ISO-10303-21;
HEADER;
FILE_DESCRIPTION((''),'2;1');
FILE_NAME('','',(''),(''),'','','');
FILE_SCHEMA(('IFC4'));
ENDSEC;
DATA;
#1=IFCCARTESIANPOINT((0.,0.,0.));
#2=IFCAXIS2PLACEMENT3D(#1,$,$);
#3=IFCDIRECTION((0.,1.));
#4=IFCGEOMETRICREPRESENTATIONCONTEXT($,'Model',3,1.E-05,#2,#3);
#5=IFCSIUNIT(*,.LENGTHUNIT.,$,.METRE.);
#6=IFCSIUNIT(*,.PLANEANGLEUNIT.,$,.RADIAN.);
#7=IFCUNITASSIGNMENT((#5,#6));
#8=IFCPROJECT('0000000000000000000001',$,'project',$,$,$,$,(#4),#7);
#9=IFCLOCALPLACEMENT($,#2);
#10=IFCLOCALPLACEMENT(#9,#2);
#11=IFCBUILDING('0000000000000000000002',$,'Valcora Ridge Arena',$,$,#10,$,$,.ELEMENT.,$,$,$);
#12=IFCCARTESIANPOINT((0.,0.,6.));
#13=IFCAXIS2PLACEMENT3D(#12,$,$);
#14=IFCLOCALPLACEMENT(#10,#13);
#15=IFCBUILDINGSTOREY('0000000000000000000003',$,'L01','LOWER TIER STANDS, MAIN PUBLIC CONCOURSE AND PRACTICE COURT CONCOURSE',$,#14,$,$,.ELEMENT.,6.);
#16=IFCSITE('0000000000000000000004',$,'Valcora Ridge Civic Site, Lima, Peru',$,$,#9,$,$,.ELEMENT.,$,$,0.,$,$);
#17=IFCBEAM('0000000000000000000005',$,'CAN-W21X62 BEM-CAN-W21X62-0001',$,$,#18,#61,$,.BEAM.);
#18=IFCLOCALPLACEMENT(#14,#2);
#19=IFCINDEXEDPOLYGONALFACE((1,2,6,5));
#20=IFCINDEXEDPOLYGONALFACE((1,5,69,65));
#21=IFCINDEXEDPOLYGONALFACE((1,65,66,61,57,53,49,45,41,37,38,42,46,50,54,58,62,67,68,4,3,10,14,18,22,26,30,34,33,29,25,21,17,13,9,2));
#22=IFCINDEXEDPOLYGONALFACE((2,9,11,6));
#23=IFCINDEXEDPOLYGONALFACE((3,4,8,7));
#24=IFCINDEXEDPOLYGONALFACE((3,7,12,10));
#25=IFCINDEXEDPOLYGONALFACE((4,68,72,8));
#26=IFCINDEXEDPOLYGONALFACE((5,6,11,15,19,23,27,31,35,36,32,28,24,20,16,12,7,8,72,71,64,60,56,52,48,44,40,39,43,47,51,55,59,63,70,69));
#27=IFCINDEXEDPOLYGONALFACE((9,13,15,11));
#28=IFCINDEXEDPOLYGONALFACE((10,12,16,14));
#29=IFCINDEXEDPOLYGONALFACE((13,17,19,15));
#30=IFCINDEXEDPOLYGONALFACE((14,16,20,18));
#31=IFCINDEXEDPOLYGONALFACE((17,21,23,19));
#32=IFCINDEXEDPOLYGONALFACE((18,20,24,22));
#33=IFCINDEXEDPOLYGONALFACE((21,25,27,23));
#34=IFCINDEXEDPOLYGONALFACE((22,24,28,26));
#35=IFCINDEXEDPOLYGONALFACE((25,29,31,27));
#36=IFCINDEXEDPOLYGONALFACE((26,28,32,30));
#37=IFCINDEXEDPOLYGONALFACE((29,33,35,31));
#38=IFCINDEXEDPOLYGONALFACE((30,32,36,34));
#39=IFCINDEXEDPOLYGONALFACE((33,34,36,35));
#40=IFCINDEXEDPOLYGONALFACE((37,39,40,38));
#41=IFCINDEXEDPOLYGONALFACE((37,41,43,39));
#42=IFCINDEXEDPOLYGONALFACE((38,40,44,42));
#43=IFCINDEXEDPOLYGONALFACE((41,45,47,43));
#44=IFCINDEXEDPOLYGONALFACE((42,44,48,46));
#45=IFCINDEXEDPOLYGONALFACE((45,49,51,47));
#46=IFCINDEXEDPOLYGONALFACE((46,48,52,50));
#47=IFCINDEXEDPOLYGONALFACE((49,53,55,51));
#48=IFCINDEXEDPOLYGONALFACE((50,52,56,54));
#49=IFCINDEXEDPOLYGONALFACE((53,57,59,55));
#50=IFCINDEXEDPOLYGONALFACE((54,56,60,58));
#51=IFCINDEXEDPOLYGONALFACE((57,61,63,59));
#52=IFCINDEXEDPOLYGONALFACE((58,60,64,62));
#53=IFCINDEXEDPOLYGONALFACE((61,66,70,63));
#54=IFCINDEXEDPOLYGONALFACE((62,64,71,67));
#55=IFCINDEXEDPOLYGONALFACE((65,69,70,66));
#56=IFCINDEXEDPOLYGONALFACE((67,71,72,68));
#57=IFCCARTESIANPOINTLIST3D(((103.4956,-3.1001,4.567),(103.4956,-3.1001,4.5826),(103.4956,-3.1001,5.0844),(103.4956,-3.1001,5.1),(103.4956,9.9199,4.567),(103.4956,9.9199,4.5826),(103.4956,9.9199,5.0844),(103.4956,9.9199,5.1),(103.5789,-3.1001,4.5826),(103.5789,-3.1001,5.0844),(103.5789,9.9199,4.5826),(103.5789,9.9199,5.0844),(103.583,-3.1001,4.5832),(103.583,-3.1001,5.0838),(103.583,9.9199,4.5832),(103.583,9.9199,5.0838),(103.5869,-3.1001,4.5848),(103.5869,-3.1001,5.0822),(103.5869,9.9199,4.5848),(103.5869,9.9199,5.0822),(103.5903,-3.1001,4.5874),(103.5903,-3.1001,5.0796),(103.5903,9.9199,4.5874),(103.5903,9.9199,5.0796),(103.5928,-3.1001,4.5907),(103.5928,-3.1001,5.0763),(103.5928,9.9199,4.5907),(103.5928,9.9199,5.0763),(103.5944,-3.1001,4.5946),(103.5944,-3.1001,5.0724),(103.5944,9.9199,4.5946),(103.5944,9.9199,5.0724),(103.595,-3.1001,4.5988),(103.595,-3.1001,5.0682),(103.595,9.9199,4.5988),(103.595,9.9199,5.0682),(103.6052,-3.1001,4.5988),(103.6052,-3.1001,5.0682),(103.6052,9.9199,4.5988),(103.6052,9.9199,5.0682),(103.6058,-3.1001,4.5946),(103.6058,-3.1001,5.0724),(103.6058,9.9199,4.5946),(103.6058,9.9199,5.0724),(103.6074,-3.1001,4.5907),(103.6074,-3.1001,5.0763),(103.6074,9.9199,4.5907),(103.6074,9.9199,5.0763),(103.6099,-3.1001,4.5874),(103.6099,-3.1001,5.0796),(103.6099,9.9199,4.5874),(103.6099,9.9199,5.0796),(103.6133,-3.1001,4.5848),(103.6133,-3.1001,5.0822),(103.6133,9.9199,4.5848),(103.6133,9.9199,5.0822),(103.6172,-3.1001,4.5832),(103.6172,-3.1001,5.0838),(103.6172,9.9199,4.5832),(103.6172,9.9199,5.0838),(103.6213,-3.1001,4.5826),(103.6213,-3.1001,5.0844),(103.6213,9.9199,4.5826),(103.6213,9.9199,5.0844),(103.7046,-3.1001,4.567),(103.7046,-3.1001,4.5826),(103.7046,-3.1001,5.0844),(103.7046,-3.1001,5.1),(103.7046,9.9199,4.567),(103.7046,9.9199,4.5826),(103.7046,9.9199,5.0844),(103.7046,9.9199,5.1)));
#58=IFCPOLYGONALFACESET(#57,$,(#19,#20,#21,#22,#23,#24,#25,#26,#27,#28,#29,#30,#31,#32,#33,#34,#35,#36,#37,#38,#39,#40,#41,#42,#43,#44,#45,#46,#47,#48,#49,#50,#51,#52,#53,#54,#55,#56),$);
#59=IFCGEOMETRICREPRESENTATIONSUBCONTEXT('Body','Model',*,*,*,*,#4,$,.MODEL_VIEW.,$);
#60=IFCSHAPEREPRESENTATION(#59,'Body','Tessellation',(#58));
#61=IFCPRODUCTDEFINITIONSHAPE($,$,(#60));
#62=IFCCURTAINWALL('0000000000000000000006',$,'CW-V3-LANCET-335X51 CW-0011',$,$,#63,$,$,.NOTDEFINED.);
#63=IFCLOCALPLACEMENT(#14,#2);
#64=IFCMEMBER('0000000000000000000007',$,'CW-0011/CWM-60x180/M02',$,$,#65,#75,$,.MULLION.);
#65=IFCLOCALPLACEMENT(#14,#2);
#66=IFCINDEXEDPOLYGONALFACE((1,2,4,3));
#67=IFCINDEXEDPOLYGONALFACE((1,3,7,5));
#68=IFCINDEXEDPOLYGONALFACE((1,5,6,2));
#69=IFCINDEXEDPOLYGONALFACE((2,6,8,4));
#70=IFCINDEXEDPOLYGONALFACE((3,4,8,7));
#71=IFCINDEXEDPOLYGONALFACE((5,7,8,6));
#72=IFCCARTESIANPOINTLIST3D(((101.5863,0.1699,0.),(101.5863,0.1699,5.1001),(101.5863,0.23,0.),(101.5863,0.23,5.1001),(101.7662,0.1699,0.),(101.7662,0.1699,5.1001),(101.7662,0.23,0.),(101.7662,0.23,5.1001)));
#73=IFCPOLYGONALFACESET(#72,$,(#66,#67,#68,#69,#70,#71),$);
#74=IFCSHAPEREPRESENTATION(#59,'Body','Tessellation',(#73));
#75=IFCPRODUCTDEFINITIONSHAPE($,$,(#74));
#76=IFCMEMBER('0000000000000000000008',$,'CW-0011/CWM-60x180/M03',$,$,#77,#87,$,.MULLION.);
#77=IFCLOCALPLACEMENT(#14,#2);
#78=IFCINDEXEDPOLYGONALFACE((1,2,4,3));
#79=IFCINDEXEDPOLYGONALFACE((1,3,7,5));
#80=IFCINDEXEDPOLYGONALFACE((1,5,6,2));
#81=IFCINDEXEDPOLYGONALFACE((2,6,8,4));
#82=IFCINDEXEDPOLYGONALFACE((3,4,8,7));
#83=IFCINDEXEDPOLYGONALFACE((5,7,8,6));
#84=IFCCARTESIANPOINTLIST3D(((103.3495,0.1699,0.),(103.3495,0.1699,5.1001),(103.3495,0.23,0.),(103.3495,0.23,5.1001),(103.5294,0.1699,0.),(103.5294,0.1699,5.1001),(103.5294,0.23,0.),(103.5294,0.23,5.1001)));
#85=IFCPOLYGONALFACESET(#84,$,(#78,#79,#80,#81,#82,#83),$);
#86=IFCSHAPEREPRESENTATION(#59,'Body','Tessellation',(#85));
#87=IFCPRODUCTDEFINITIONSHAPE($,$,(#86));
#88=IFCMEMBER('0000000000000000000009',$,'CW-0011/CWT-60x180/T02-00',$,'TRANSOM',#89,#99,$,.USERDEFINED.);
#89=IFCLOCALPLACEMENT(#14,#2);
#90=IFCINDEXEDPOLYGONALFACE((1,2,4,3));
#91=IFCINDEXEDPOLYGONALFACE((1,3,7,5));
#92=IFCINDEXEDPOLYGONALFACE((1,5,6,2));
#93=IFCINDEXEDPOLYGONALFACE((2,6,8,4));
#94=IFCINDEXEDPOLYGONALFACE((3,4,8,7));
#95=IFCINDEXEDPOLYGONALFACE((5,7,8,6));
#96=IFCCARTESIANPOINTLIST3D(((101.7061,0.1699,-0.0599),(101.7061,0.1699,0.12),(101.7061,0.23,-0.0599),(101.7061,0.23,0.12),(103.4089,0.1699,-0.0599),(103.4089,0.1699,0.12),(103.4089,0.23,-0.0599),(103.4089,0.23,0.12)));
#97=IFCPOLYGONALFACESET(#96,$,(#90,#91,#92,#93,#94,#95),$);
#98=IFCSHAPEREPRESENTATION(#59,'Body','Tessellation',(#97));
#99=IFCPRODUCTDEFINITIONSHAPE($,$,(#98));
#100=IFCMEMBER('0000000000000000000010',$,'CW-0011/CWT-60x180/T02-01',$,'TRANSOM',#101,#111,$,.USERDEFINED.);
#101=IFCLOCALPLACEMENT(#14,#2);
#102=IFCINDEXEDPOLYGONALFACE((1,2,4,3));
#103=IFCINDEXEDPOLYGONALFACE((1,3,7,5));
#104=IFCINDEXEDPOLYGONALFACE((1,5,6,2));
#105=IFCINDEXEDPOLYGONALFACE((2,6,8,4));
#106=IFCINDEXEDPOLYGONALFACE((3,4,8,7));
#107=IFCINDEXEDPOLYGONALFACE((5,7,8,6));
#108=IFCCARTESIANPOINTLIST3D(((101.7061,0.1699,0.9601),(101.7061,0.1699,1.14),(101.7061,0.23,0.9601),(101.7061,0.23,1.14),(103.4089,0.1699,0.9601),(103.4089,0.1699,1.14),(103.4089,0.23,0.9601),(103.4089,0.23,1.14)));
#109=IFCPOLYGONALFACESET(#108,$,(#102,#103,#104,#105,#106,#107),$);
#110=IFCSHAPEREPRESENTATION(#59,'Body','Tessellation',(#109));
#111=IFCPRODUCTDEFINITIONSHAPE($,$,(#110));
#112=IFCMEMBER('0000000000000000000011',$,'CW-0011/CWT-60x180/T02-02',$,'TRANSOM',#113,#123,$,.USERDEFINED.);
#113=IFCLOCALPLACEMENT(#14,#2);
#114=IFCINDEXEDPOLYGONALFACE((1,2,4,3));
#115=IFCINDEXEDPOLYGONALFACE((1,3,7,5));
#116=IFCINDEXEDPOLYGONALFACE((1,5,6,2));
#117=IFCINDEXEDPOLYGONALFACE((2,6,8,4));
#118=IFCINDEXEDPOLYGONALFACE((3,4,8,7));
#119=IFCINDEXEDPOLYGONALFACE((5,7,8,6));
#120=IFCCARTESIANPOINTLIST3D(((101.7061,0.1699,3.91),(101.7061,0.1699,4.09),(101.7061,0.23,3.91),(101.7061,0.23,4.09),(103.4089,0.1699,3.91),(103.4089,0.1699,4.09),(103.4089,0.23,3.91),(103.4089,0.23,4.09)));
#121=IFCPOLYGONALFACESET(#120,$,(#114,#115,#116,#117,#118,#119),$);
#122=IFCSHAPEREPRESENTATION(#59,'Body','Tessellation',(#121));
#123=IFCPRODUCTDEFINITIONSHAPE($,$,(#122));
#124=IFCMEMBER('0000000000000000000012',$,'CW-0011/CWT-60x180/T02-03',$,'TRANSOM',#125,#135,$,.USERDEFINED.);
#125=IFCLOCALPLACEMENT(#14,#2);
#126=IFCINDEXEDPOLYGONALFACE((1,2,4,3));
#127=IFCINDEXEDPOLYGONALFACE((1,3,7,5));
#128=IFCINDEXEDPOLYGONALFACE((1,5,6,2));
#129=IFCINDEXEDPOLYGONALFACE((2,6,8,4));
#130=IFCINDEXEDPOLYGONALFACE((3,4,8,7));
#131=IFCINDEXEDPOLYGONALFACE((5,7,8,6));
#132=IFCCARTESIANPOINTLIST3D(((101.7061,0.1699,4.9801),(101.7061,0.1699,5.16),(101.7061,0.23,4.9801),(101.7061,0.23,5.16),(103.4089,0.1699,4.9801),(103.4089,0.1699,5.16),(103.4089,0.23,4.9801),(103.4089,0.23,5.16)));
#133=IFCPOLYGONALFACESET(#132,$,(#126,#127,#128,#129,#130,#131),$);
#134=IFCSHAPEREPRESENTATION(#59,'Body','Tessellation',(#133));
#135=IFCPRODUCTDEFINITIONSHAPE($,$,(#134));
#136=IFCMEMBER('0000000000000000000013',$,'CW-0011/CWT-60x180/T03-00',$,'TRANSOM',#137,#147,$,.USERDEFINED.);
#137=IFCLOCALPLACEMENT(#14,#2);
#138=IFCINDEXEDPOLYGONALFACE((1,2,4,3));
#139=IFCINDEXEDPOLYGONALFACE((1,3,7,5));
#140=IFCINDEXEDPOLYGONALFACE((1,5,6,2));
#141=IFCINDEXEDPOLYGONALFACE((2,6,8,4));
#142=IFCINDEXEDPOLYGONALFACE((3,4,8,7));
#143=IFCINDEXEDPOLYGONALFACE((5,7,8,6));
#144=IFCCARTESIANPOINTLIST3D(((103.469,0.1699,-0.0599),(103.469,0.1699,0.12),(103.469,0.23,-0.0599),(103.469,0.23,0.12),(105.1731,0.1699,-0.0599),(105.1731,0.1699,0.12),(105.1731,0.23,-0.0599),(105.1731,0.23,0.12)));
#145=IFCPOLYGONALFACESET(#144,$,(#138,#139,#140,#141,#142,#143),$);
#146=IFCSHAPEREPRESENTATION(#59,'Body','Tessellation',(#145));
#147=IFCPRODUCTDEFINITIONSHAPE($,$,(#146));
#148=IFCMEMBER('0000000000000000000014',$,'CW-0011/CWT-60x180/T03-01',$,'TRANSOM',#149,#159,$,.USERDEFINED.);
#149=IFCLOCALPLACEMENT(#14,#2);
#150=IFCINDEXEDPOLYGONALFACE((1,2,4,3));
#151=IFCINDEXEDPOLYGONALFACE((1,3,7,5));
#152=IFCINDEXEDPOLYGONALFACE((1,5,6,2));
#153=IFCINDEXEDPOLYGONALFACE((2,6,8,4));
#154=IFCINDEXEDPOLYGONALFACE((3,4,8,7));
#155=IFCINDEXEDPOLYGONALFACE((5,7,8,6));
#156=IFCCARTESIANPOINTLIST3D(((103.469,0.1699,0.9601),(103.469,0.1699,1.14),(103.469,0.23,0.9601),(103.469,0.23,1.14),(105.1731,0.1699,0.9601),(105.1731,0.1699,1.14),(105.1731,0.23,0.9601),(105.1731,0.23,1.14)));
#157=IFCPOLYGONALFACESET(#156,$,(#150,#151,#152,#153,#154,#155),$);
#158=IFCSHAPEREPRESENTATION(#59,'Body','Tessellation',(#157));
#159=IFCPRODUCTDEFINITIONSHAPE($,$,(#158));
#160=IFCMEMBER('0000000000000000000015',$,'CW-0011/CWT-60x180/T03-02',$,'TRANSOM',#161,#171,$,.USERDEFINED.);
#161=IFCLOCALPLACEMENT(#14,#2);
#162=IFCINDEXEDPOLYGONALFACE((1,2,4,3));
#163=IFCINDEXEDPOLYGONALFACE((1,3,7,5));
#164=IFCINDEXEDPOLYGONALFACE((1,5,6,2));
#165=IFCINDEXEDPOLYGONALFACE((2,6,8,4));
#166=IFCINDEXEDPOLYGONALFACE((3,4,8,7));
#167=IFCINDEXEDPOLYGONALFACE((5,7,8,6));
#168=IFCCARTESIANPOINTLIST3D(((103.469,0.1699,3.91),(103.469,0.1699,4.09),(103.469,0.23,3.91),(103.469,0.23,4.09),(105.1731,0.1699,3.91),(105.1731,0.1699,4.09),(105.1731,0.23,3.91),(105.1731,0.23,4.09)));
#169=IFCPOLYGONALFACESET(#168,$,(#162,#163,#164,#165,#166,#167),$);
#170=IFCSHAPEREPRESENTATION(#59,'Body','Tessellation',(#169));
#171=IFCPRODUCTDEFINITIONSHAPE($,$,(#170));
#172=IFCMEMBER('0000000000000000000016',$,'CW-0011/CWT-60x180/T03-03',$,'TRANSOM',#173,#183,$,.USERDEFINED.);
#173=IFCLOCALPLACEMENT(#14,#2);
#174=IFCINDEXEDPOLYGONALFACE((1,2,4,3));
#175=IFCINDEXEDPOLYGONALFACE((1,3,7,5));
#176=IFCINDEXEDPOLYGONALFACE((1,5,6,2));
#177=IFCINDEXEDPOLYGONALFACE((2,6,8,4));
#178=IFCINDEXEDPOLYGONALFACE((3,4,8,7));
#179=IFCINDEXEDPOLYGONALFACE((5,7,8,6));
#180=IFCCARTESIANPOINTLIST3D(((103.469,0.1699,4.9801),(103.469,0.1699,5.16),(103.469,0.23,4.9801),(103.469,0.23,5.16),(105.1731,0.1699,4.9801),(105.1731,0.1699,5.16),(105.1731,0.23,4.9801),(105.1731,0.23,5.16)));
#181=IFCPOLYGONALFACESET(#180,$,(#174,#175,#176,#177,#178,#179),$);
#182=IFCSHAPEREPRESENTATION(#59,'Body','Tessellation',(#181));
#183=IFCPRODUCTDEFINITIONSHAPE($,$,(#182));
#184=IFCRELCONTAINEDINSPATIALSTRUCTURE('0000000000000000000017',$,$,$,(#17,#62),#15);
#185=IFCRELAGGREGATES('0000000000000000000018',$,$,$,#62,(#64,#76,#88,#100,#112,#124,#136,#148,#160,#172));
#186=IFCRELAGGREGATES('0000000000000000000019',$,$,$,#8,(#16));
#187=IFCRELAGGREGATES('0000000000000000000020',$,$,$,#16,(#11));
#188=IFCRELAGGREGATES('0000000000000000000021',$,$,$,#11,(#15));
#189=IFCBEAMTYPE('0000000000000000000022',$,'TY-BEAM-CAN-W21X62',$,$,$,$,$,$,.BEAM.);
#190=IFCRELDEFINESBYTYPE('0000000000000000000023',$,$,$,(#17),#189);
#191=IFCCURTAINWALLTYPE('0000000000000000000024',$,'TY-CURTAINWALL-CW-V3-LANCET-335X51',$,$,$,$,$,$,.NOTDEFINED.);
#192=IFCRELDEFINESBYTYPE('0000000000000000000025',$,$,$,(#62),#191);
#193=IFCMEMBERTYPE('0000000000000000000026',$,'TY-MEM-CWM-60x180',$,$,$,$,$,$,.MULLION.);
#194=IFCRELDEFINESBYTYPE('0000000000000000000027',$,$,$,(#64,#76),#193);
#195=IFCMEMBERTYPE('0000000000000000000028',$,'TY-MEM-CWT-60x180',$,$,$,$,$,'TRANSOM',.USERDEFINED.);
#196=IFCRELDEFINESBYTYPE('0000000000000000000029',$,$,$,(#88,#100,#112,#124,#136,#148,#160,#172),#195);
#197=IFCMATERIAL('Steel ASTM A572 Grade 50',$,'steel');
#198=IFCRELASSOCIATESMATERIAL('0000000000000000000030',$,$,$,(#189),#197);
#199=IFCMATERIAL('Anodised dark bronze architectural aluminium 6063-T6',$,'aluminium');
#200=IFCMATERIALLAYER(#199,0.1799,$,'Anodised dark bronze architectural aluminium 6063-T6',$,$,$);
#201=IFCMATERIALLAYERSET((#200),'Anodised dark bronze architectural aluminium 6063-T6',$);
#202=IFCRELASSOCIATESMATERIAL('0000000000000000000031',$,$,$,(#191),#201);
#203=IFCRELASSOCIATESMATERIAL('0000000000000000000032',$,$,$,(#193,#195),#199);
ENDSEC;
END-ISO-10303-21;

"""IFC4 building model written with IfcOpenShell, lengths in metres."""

from ifc_helpers import new_model, si_unit, direction, frame, origin, origin_2d, place, context, subcontext, project, spatial, rectangle, i_section, extrude, material, layer, layer_set, material_profile, profile_set, type_object, element, aggregate, save


model = new_model("IFC4")

# Units and contexts
model_context = context("Model", 3, precision=1e-05, world=origin(), true_north=direction((0.0, 1.0)))
body_context = subcontext(model_context, "Body", "Model", "MODEL_VIEW")
ifc_project = project(units=[si_unit("LENGTHUNIT", "METRE"), si_unit("PLANEANGLEUNIT", "RADIAN")], contexts=[model_context])

# Site, building, storey
site_placement = place(None, origin())
site = spatial("IfcSite", under=ifc_project, at=site_placement, Name="Valcora Ridge Civic Site, Lima, Peru", CompositionType="ELEMENT", RefElevation=0.0)
building_placement = place(site_placement, origin())
building = spatial("IfcBuilding", under=site, at=building_placement, Name="Valcora Ridge Arena", CompositionType="ELEMENT")
storey_placement = place(building_placement, frame((0.0, 0.0, 6.0)))
storey = spatial("IfcBuildingStorey", under=building, at=storey_placement, Name="L01", Description="LOWER TIER STANDS, MAIN PUBLIC CONCOURSE AND PRACTICE COURT CONCOURSE", CompositionType="ELEMENT", Elevation=6.0)

# Beam
ifc_material_1 = material(Name="Steel ASTM A572 Grade 50", Category="steel")
ifc_material_profile_1 = material_profile(ifc_material_1, i_section(OverallWidth=0.209, OverallDepth=0.533, WebThickness=0.0103, FlangeThickness=0.0156, FilletRadius=0.0161, at=origin_2d()), Name="W21X62")
ifc_profile_set_1 = profile_set([ifc_material_profile_1], Name="Steel ASTM A572 Grade 50")
beam_type = type_object("IfcBeamType", Name="TY-BEAM-CAN-W21X62", PredefinedType="BEAM", material=ifc_profile_set_1)
beam_placement = place(storey_placement, frame((103.6001, -3.1001, 4.8335), z_axis=(0.0, 1.0, 0.0), x_axis=(-1.0, 0.0, 0.0)))
element("IfcBeam", 1, at=beam_placement, inside=storey, type_object=beam_type, Name="CAN-W21X62 BEM-CAN-W21X62-0001", PredefinedType="BEAM", context=body_context, shape_type="SweptSolid", body=[
    extrude(i_section(OverallWidth=0.209, OverallDepth=0.533, WebThickness=0.0103, FlangeThickness=0.0156, FilletRadius=0.0161, at=origin_2d()), origin(), (0.0, 0.0, 1.0), 13.02),
])

# Curtain wall, members
ifc_material_2 = material(Name="Anodised dark bronze architectural aluminium 6063-T6", Category="aluminium")
ifc_layer_1 = layer(ifc_material_2, 0.1799, Name="Anodised dark bronze architectural aluminium 6063-T6")
ifc_layer_set_1 = layer_set([ifc_layer_1], Name="Anodised dark bronze architectural aluminium 6063-T6")
curtain_wall_type = type_object("IfcCurtainWallType", Name="TY-CURTAINWALL-CW-V3-LANCET-335X51", PredefinedType="NOTDEFINED", material=ifc_layer_set_1)
curtain_wall_placement = place(storey_placement, origin())
curtain_wall = element("IfcCurtainWall", 2, at=curtain_wall_placement, inside=storey, type_object=curtain_wall_type, Name="CW-V3-LANCET-335X51 CW-0011", PredefinedType="NOTDEFINED")
ifc_material_profile_2 = material_profile(ifc_material_2, rectangle(XDim=0.0601, YDim=0.1799, at=origin_2d()), Name="ALU MULLION 60x180")
ifc_profile_set_2 = profile_set([ifc_material_profile_2], Name="Anodised dark bronze architectural aluminium 6063-T6")
member_type_1 = type_object("IfcMemberType", Name="TY-MEM-CWM-60x180", PredefinedType="MULLION", material=ifc_profile_set_2)
member_1_placement = place(storey_placement, frame((101.6763, 0.2, 0.0), z_axis=(0.0, 0.0, 1.0), x_axis=(0.0, 1.0, 0.0)))
member_1 = element("IfcMember", 3, at=member_1_placement, type_object=member_type_1, Name="CW-0011/CWM-60x180/M02", PredefinedType="MULLION", context=body_context, shape_type="SweptSolid", body=[
    extrude(rectangle(XDim=0.0601, YDim=0.1799, at=origin_2d()), origin(), (0.0, 0.0, 1.0), 5.1001),
])
member_2_placement = place(storey_placement, frame((103.4395, 0.2, 0.0), z_axis=(0.0, 0.0, 1.0), x_axis=(0.0, 1.0, 0.0)))
member_2 = element("IfcMember", 4, at=member_2_placement, type_object=member_type_1, Name="CW-0011/CWM-60x180/M03", PredefinedType="MULLION", context=body_context, shape_type="SweptSolid", body=[
    extrude(rectangle(XDim=0.0601, YDim=0.1799, at=origin_2d()), origin(), (0.0, 0.0, 1.0), 5.1001),
])
ifc_material_profile_3 = material_profile(ifc_material_2, rectangle(XDim=0.0601, YDim=0.1799, at=origin_2d()), Name="ALU TRANSOM 60x180")
ifc_profile_set_3 = profile_set([ifc_material_profile_3], Name="Anodised dark bronze architectural aluminium 6063-T6")
member_type_2 = type_object("IfcMemberType", Name="TY-MEM-CWT-60x180", ElementType="TRANSOM", PredefinedType="USERDEFINED", material=ifc_profile_set_3)
member_3_placement = place(storey_placement, frame((101.7061, 0.2, 0.03), z_axis=(1.0, 0.0, 0.0), x_axis=(0.0, 1.0, 0.0)))
member_3 = element("IfcMember", 5, at=member_3_placement, type_object=member_type_2, Name="CW-0011/CWT-60x180/T02-00", ObjectType="TRANSOM", PredefinedType="USERDEFINED", context=body_context, shape_type="SweptSolid", body=[
    extrude(rectangle(XDim=0.0601, YDim=0.1799, at=origin_2d()), origin(), (0.0, 0.0, 1.0), 1.7029),
])
member_4_placement = place(storey_placement, frame((101.7061, 0.2, 1.05), z_axis=(1.0, 0.0, 0.0), x_axis=(0.0, 1.0, 0.0)))
member_4 = element("IfcMember", 6, at=member_4_placement, type_object=member_type_2, Name="CW-0011/CWT-60x180/T02-01", ObjectType="TRANSOM", PredefinedType="USERDEFINED", context=body_context, shape_type="SweptSolid", body=[
    extrude(rectangle(XDim=0.0601, YDim=0.1799, at=origin_2d()), origin(), (0.0, 0.0, 1.0), 1.7029),
])
member_5_placement = place(storey_placement, frame((101.7061, 0.2, 4.0), z_axis=(1.0, 0.0, 0.0), x_axis=(0.0, 1.0, 0.0)))
member_5 = element("IfcMember", 7, at=member_5_placement, type_object=member_type_2, Name="CW-0011/CWT-60x180/T02-02", ObjectType="TRANSOM", PredefinedType="USERDEFINED", context=body_context, shape_type="SweptSolid", body=[
    extrude(rectangle(XDim=0.0601, YDim=0.1799, at=origin_2d()), origin(), (0.0, 0.0, 1.0), 1.7029),
])
member_6_placement = place(storey_placement, frame((101.7061, 0.2, 5.0701), z_axis=(1.0, 0.0, 0.0), x_axis=(0.0, 1.0, 0.0)))
member_6 = element("IfcMember", 8, at=member_6_placement, type_object=member_type_2, Name="CW-0011/CWT-60x180/T02-03", ObjectType="TRANSOM", PredefinedType="USERDEFINED", context=body_context, shape_type="SweptSolid", body=[
    extrude(rectangle(XDim=0.0601, YDim=0.1799, at=origin_2d()), origin(), (0.0, 0.0, 1.0), 1.7029),
])
member_7_placement = place(storey_placement, frame((103.469, 0.2, 0.03), z_axis=(1.0, 0.0, 0.0), x_axis=(0.0, 1.0, 0.0)))
member_7 = element("IfcMember", 9, at=member_7_placement, type_object=member_type_2, Name="CW-0011/CWT-60x180/T03-00", ObjectType="TRANSOM", PredefinedType="USERDEFINED", context=body_context, shape_type="SweptSolid", body=[
    extrude(rectangle(XDim=0.0601, YDim=0.1799, at=origin_2d()), origin(), (0.0, 0.0, 1.0), 1.7041),
])
member_8_placement = place(storey_placement, frame((103.469, 0.2, 1.05), z_axis=(1.0, 0.0, 0.0), x_axis=(0.0, 1.0, 0.0)))
member_8 = element("IfcMember", 10, at=member_8_placement, type_object=member_type_2, Name="CW-0011/CWT-60x180/T03-01", ObjectType="TRANSOM", PredefinedType="USERDEFINED", context=body_context, shape_type="SweptSolid", body=[
    extrude(rectangle(XDim=0.0601, YDim=0.1799, at=origin_2d()), origin(), (0.0, 0.0, 1.0), 1.7041),
])
member_9_placement = place(storey_placement, frame((103.469, 0.2, 4.0), z_axis=(1.0, 0.0, 0.0), x_axis=(0.0, 1.0, 0.0)))
member_9 = element("IfcMember", 11, at=member_9_placement, type_object=member_type_2, Name="CW-0011/CWT-60x180/T03-02", ObjectType="TRANSOM", PredefinedType="USERDEFINED", context=body_context, shape_type="SweptSolid", body=[
    extrude(rectangle(XDim=0.0601, YDim=0.1799, at=origin_2d()), origin(), (0.0, 0.0, 1.0), 1.7041),
])
member_10_placement = place(storey_placement, frame((103.469, 0.2, 5.0701), z_axis=(1.0, 0.0, 0.0), x_axis=(0.0, 1.0, 0.0)))
member_10 = element("IfcMember", 12, at=member_10_placement, type_object=member_type_2, Name="CW-0011/CWT-60x180/T03-03", ObjectType="TRANSOM", PredefinedType="USERDEFINED", context=body_context, shape_type="SweptSolid", body=[
    extrude(rectangle(XDim=0.0601, YDim=0.1799, at=origin_2d()), origin(), (0.0, 0.0, 1.0), 1.7041),
])
aggregate(curtain_wall, [member_1, member_2, member_3, member_4, member_5, member_6, member_7, member_8, member_9, member_10])

save(model, "model.ifc")
